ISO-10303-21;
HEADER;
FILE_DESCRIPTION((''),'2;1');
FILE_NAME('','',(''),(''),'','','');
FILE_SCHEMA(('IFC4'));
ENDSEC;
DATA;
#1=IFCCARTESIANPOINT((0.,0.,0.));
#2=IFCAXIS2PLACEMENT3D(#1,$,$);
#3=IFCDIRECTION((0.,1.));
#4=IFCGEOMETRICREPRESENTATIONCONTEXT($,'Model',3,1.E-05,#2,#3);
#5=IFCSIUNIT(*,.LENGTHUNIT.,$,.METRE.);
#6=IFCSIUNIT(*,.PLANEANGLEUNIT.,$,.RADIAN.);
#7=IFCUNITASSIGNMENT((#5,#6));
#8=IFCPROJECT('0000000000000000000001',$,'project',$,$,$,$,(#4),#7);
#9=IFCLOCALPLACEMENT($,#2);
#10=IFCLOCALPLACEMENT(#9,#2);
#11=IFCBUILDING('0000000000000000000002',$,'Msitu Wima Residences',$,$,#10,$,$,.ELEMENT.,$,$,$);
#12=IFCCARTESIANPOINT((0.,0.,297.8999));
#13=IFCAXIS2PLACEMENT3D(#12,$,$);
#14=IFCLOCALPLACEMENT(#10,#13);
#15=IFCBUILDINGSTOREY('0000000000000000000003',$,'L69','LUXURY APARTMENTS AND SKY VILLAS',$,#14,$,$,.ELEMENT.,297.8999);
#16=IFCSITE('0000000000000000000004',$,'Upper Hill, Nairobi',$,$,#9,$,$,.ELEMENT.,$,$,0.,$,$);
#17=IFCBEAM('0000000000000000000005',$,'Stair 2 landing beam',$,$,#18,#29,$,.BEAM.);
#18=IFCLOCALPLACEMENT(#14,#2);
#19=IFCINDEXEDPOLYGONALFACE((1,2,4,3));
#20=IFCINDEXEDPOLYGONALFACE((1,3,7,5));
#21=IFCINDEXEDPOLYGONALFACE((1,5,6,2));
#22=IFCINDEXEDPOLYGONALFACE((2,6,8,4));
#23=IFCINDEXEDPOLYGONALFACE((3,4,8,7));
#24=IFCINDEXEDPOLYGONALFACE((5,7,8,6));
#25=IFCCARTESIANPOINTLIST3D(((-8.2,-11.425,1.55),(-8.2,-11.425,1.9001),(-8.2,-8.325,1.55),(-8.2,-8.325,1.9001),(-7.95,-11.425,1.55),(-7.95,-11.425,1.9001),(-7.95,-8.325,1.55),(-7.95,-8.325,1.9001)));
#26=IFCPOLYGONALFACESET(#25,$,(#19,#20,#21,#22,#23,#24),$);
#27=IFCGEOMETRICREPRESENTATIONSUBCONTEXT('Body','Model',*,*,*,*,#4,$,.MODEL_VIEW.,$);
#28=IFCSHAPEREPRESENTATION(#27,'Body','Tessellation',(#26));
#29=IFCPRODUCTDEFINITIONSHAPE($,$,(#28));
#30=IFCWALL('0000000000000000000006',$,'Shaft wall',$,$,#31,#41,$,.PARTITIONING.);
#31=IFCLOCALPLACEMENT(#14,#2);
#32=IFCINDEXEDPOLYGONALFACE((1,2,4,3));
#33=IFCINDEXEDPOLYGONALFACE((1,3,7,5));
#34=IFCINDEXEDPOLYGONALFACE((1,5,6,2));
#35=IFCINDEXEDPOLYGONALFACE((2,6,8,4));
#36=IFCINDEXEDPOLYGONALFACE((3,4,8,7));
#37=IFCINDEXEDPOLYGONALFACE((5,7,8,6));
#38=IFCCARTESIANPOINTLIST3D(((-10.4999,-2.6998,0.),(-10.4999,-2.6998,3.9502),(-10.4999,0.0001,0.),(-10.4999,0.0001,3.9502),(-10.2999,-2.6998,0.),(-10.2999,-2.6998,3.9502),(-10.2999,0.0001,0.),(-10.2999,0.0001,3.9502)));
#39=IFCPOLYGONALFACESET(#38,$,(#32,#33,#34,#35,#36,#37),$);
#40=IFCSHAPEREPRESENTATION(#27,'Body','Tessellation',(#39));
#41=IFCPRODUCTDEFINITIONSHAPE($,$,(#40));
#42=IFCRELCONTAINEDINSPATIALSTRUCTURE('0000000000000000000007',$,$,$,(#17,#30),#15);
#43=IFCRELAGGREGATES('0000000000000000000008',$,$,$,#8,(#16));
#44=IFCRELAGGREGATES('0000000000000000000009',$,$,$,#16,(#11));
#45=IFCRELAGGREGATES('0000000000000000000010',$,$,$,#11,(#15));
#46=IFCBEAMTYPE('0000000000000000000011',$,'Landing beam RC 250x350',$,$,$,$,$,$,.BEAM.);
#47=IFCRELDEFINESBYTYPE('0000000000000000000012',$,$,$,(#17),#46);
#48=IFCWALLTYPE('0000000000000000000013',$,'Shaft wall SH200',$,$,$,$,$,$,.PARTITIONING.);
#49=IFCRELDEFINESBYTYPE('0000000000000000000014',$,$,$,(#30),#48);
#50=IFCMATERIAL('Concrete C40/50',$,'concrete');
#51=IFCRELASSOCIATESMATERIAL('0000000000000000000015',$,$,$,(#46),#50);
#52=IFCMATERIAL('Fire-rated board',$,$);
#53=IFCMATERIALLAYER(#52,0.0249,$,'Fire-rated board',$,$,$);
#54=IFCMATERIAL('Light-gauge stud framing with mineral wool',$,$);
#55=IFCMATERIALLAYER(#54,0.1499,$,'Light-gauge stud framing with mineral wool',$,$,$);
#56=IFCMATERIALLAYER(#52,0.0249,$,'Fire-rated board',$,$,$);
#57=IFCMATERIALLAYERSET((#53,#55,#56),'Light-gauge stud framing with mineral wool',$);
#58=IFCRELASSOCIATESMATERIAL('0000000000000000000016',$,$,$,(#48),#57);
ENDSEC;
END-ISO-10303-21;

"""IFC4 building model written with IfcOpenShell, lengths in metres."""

from ifc_helpers import new_model, si_unit, direction, frame, frame_2d, origin, origin_2d, place, context, subcontext, project, spatial, rectangle, extrude, material, layer, layer_set, material_profile, profile_set, type_object, element, save


model = new_model("IFC4")

# Units and contexts
model_context = context("Model", 3, precision=1e-05, world=origin(), true_north=direction((0.0, 1.0)))
body_context = subcontext(model_context, "Body", "Model", "MODEL_VIEW")
ifc_project = project(units=[si_unit("LENGTHUNIT", "METRE"), si_unit("PLANEANGLEUNIT", "RADIAN")], contexts=[model_context])

# Site, building, storey
site_placement = place(None, origin())
site = spatial("IfcSite", under=ifc_project, at=site_placement, Name="Upper Hill, Nairobi", CompositionType="ELEMENT", RefElevation=0.0)
building_placement = place(site_placement, origin())
building = spatial("IfcBuilding", under=site, at=building_placement, Name="Msitu Wima Residences", CompositionType="ELEMENT")
storey_placement = place(building_placement, frame((0.0, 0.0, 297.8999)))
storey = spatial("IfcBuildingStorey", under=building, at=storey_placement, Name="L69", Description="LUXURY APARTMENTS AND SKY VILLAS", CompositionType="ELEMENT", Elevation=297.8999)

# Beam
ifc_material_1 = material(Name="Concrete C40/50", Category="concrete")
ifc_material_profile = material_profile(ifc_material_1, rectangle(XDim=0.25, YDim=0.3501, at=origin_2d()), Name="RC 250x350")
ifc_profile_set = profile_set([ifc_material_profile], Name="Concrete C40/50")
beam_type = type_object("IfcBeamType", Name="Landing beam RC 250x350", PredefinedType="BEAM", material=ifc_profile_set)
beam_placement = place(storey_placement, frame((-8.075, -11.425, 1.7251), z_axis=(0.0, 1.0, 0.0), x_axis=(-1.0, 0.0, 0.0)))
element("IfcBeam", 1, at=beam_placement, inside=storey, type_object=beam_type, Name="Stair 2 landing beam", PredefinedType="BEAM", context=body_context, shape_type="SweptSolid", body=[
    extrude(rectangle(XDim=0.25, YDim=0.3501, at=origin_2d()), origin(), (0.0, 0.0, 1.0), 3.1001),
])

# Wall
ifc_material_2 = material(Name="Fire-rated board")
ifc_layer_1 = layer(ifc_material_2, 0.0249, Name="Fire-rated board")
ifc_material_3 = material(Name="Light-gauge stud framing with mineral wool")
ifc_layer_2 = layer(ifc_material_3, 0.1499, Name="Light-gauge stud framing with mineral wool")
ifc_layer_3 = layer(ifc_material_2, 0.0249, Name="Fire-rated board")
ifc_layer_set = layer_set([ifc_layer_1, ifc_layer_2, ifc_layer_3], Name="Light-gauge stud framing with mineral wool")
wall_type = type_object("IfcWallType", Name="Shaft wall SH200", PredefinedType="PARTITIONING", material=ifc_layer_set)
wall_1_placement = place(storey_placement, frame((-10.3999, -2.7, 0.0), z_axis=(0.0, 0.0, 1.0), x_axis=(0.0, 1.0, 0.0)))
element("IfcWall", 2, at=wall_1_placement, inside=storey, type_object=wall_type, Name="Shaft wall", PredefinedType="PARTITIONING", context=body_context, shape_type="SweptSolid", body=[
    extrude(rectangle(XDim=2.7, YDim=0.2, at=frame_2d((1.3501, 0.0))), origin(), (0.0, 0.0, 1.0), 3.9502),
])

save(model, "model.ifc")
